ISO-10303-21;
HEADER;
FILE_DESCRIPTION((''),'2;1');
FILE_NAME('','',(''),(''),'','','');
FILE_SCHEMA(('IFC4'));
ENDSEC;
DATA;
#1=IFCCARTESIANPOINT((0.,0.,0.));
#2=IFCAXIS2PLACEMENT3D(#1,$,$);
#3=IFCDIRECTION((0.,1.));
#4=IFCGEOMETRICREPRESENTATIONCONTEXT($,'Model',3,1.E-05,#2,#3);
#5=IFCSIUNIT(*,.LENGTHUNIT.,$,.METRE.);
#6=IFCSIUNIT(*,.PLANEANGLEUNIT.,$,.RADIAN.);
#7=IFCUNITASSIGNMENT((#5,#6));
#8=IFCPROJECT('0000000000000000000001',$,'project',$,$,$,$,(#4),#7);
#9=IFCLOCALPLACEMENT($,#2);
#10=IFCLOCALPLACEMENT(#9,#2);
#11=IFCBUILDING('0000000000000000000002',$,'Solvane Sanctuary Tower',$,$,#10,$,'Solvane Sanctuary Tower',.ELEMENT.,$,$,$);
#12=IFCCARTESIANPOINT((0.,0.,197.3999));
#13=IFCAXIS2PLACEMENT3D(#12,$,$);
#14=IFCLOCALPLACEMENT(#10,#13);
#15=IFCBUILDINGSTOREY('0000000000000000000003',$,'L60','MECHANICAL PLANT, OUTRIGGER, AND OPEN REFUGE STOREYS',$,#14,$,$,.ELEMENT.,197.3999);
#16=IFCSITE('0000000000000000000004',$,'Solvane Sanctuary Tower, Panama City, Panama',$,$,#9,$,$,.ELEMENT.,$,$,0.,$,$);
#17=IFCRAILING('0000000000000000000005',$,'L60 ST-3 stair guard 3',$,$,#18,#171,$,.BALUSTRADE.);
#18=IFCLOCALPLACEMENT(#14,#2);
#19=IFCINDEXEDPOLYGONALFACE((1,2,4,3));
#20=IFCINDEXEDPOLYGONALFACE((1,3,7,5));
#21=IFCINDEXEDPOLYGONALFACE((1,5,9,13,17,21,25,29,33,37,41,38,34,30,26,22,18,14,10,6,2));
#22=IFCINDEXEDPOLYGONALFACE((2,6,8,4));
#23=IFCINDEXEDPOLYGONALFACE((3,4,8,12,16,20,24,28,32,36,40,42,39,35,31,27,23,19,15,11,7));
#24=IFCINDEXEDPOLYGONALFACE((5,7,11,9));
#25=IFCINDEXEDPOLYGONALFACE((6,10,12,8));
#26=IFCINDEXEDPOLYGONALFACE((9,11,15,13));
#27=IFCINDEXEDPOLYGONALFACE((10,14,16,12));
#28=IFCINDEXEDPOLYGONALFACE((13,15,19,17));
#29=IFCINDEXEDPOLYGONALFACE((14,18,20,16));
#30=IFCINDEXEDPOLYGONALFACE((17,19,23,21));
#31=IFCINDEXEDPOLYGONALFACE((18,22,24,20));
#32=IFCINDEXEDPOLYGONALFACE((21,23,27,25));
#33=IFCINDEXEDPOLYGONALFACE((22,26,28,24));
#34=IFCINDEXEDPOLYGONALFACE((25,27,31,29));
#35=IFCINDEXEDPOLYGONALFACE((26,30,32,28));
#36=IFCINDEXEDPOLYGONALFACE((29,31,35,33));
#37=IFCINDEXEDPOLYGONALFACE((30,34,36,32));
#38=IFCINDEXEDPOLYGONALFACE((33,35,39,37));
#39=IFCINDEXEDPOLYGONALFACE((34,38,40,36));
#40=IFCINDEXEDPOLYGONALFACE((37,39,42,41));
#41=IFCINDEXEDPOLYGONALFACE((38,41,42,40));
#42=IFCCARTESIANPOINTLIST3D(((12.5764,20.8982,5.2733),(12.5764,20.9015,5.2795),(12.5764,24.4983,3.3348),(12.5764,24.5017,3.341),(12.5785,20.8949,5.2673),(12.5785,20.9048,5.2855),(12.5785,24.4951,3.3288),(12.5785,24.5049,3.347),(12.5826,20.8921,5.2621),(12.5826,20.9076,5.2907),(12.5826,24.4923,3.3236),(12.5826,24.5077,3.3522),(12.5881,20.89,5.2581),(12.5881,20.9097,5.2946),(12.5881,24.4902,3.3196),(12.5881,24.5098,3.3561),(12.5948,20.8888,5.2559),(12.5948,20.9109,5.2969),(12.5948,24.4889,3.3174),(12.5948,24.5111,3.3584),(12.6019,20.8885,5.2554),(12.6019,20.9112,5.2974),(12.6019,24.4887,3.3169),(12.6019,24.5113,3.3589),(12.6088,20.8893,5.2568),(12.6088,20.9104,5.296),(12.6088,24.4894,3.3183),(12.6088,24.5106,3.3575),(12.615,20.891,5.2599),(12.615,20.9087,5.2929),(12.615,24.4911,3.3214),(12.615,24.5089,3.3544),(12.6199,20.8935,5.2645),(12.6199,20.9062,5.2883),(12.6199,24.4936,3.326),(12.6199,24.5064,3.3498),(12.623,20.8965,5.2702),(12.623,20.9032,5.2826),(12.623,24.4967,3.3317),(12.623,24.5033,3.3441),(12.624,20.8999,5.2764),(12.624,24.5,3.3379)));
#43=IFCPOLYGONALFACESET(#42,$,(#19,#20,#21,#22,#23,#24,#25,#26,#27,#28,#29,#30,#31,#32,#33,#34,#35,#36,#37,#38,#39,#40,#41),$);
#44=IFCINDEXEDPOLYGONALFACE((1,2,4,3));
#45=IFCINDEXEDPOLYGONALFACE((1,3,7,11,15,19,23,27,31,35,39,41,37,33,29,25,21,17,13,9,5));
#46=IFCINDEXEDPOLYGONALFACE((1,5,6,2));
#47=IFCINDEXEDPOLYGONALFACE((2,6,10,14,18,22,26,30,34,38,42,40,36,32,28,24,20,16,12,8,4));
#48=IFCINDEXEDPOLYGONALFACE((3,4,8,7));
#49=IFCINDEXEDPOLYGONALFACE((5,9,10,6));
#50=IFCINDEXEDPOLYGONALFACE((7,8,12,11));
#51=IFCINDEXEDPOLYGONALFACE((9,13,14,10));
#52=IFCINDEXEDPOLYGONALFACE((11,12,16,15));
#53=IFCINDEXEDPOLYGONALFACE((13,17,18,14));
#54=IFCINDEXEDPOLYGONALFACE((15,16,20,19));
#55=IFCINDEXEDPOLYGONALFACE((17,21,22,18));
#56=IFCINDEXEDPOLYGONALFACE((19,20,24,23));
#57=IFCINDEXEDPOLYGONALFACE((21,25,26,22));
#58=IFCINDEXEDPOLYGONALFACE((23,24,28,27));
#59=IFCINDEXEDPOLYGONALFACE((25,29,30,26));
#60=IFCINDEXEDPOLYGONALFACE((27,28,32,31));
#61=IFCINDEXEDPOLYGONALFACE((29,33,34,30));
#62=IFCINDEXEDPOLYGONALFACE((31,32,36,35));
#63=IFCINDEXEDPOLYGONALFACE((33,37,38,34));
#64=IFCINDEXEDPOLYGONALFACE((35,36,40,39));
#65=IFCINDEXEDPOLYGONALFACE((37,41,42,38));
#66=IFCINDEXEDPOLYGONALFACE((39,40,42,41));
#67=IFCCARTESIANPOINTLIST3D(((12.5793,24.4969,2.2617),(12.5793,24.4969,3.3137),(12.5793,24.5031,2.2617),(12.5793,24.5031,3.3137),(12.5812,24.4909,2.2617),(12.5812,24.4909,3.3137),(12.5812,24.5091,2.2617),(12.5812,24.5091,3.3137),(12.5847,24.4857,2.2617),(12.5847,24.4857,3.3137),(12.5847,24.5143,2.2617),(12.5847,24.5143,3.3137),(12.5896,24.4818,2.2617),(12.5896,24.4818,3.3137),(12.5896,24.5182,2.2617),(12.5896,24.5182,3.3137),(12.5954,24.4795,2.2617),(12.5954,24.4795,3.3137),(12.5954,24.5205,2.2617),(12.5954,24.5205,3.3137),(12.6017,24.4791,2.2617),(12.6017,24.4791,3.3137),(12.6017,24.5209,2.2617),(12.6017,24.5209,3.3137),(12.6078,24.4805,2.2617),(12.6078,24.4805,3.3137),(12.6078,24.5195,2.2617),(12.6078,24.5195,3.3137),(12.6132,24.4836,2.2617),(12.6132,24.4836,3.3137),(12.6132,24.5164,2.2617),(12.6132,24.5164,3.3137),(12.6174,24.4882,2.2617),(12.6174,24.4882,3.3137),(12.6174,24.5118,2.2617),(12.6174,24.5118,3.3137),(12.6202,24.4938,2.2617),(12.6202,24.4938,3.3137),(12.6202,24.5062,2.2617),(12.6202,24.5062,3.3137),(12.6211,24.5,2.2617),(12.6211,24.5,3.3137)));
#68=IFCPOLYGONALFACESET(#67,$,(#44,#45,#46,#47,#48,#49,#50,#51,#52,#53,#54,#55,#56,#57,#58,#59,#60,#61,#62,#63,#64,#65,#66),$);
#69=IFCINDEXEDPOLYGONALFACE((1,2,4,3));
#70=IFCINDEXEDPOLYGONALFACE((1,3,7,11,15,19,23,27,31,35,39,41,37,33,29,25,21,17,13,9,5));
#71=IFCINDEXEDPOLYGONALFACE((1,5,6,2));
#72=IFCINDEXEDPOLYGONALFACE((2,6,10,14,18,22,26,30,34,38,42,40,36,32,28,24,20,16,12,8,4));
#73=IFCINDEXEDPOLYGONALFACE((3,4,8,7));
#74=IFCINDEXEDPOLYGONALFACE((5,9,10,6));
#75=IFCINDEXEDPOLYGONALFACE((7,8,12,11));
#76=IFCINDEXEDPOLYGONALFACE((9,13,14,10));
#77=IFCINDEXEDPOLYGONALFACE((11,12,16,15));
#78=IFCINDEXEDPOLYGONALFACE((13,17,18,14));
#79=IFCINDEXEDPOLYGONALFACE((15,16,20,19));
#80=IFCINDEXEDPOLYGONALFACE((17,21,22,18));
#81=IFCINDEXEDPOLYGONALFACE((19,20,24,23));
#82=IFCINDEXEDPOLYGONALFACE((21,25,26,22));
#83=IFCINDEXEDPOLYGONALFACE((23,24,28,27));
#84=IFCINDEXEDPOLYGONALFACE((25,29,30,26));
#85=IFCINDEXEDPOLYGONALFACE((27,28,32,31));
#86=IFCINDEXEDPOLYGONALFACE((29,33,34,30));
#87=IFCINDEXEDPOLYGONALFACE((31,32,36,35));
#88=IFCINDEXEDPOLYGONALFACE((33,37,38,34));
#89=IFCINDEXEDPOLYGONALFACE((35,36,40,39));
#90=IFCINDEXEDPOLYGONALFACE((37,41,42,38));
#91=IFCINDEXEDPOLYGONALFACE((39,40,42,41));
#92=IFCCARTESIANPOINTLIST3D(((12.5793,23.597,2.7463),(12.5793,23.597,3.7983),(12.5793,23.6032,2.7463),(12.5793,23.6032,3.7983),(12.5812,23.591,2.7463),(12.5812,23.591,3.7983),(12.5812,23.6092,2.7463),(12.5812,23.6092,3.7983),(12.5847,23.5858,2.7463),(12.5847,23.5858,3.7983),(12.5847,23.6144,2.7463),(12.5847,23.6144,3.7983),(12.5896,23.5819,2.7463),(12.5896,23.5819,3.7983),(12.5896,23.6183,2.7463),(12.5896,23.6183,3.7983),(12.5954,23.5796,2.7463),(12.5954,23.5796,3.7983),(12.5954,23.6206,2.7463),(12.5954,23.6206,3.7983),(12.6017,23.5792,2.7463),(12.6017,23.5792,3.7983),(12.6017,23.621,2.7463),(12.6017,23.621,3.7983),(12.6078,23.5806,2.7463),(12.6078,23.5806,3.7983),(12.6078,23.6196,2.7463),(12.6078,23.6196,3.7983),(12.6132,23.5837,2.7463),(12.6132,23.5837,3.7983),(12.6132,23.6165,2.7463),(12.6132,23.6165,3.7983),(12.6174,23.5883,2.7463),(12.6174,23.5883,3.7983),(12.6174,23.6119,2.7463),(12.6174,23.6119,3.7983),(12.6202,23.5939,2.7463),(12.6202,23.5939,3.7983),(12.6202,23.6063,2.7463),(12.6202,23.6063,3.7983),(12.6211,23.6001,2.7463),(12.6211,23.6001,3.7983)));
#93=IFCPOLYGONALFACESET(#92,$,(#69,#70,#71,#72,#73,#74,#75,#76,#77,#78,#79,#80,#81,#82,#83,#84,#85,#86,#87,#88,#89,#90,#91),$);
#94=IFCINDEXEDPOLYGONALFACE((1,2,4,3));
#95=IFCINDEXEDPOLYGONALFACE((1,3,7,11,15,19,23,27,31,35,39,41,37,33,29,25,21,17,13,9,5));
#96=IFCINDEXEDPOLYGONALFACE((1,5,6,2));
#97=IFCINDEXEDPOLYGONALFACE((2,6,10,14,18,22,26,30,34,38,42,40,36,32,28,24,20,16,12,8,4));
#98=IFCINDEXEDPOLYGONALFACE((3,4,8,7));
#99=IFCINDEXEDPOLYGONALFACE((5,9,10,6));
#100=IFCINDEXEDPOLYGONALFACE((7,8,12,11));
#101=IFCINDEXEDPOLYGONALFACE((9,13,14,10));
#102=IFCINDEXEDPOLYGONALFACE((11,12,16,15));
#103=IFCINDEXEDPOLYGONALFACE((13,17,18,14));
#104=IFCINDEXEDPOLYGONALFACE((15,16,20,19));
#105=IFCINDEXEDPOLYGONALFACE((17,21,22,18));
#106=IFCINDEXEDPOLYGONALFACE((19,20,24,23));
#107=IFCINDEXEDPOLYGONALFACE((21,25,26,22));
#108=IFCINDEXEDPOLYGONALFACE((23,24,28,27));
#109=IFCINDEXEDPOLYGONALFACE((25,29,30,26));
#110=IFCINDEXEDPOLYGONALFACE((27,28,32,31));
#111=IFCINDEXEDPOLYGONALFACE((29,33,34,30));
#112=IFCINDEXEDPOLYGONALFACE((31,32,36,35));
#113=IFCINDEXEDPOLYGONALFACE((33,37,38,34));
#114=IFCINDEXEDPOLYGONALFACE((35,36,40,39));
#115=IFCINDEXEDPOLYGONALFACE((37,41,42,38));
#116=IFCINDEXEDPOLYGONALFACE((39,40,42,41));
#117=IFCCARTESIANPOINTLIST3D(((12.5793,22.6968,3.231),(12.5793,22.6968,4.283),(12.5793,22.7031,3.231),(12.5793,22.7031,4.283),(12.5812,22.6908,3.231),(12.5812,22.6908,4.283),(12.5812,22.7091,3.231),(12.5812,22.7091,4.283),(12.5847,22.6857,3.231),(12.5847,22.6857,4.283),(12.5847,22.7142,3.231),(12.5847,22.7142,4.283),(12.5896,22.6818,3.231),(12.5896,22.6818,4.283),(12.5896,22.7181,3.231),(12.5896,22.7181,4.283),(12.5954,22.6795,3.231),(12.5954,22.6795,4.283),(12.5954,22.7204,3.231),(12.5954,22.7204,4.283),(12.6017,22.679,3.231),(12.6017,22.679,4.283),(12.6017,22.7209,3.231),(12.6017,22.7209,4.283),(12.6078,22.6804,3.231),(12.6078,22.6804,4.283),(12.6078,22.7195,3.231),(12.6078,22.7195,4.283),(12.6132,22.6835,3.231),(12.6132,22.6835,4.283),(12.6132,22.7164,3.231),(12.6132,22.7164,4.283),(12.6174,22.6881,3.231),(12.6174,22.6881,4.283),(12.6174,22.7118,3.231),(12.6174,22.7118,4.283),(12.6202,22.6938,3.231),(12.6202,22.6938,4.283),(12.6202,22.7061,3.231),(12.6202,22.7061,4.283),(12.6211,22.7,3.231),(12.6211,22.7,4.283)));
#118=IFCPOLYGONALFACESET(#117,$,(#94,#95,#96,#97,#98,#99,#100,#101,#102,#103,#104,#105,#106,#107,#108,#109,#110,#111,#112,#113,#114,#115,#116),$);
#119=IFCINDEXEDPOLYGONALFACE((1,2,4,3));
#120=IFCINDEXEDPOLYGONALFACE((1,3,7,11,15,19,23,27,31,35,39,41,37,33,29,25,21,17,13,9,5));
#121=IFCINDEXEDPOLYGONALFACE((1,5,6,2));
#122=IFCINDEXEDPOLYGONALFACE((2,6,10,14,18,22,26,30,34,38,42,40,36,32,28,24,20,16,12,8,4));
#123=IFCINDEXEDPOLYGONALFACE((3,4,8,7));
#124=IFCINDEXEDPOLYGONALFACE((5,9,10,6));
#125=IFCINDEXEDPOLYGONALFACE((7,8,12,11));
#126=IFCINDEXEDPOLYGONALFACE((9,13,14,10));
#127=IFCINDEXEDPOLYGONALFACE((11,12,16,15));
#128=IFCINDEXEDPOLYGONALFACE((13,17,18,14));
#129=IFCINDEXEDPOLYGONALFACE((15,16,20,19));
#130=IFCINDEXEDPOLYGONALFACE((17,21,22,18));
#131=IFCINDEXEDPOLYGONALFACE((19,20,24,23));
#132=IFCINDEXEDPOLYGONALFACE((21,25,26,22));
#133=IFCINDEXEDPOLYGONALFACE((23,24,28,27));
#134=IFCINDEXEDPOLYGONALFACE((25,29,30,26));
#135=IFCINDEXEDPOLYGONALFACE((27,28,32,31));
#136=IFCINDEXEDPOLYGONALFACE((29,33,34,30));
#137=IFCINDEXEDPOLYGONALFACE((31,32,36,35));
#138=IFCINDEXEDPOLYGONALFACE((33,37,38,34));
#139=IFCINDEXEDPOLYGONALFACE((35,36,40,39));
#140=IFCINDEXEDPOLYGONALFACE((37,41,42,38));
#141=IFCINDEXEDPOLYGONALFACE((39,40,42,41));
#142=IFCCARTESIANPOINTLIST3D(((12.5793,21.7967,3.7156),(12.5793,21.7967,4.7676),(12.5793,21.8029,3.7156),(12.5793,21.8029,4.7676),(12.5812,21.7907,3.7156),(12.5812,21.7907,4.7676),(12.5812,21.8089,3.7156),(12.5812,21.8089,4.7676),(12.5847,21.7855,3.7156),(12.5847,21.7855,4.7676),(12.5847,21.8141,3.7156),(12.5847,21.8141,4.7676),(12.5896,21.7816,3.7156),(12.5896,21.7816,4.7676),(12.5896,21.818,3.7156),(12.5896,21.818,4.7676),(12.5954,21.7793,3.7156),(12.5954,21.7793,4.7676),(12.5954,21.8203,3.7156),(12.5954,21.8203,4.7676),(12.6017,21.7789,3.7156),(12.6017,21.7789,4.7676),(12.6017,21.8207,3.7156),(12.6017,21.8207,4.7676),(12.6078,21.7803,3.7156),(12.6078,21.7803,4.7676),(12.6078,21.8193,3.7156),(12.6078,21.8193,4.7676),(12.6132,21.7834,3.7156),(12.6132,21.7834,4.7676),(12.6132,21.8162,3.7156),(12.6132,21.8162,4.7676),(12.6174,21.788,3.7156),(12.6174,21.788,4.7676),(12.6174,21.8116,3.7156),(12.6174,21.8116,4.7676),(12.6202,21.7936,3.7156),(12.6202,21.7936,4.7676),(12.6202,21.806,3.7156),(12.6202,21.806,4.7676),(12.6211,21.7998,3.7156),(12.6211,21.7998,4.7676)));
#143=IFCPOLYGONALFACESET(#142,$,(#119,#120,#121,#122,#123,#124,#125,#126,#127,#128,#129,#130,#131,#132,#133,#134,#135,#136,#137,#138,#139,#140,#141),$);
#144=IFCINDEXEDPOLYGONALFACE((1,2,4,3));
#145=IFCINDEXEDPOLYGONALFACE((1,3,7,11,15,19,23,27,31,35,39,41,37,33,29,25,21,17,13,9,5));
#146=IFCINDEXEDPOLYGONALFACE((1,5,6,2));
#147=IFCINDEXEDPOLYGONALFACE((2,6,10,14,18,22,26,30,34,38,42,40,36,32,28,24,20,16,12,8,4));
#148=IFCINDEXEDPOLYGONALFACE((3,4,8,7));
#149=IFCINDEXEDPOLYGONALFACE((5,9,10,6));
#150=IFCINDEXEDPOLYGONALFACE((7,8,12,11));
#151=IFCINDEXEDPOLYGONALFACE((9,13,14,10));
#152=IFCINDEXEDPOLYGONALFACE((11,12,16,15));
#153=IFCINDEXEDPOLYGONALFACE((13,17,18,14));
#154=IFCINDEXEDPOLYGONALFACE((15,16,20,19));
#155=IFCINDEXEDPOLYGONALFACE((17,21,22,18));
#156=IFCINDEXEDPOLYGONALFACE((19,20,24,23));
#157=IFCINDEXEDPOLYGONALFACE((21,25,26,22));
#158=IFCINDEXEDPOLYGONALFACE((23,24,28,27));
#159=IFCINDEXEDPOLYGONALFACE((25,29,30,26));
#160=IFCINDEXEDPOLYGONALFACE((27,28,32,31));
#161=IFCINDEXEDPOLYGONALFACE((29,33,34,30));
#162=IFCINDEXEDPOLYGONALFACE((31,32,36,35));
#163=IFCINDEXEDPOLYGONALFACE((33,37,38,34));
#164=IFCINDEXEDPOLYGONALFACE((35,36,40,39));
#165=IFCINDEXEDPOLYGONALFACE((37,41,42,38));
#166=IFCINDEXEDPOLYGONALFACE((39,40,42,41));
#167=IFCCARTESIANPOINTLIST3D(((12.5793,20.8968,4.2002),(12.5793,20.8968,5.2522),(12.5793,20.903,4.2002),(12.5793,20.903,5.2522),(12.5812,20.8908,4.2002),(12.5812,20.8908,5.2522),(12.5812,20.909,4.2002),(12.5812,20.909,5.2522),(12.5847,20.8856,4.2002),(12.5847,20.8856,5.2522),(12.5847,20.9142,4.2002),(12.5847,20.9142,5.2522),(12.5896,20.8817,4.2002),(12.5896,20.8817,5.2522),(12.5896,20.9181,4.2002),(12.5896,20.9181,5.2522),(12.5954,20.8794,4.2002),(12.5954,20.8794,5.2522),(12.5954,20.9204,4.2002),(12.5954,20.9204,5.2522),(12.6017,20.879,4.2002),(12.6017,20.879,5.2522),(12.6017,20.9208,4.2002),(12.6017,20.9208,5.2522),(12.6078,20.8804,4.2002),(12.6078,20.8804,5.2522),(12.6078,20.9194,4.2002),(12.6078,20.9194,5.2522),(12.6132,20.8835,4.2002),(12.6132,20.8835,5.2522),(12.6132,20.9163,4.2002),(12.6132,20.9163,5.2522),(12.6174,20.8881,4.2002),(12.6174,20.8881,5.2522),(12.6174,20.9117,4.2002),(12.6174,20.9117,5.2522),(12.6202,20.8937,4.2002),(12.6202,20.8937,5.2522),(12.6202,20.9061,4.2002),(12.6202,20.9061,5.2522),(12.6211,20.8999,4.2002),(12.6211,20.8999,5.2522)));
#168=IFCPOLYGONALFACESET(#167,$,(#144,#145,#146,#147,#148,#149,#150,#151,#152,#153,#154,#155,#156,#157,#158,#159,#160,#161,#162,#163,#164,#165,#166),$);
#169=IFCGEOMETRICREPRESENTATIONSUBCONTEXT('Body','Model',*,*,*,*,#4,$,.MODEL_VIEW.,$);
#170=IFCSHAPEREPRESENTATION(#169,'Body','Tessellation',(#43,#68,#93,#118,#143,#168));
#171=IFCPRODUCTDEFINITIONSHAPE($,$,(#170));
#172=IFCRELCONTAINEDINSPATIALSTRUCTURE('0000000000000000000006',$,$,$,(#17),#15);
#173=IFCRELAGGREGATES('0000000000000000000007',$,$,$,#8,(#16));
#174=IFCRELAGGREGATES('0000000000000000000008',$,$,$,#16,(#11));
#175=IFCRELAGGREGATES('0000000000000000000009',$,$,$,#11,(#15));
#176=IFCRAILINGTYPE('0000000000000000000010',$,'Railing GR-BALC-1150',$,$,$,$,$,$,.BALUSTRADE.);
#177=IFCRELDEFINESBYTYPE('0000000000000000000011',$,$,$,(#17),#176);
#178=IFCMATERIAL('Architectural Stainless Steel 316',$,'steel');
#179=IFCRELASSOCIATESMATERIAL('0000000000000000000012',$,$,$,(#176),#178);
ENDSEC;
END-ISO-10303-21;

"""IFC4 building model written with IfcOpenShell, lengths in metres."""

from ifc_helpers import new_model, si_unit, direction, frame, origin, origin_2d, place, context, subcontext, project, spatial, circle, extrude, material, type_object, element, save


model = new_model("IFC4")

# Units and contexts
model_context = context("Model", 3, precision=1e-05, world=origin(), true_north=direction((0.0, 1.0)))
body_context = subcontext(model_context, "Body", "Model", "MODEL_VIEW")
ifc_project = project(units=[si_unit("LENGTHUNIT", "METRE"), si_unit("PLANEANGLEUNIT", "RADIAN")], contexts=[model_context])

# Site, building, storey
site_placement = place(None, origin())
site = spatial("IfcSite", under=ifc_project, at=site_placement, Name="Solvane Sanctuary Tower, Panama City, Panama", CompositionType="ELEMENT", RefElevation=0.0)
building_placement = place(site_placement, origin())
building = spatial("IfcBuilding", under=site, at=building_placement, Name="Solvane Sanctuary Tower", LongName="Solvane Sanctuary Tower", CompositionType="ELEMENT")
storey_placement = place(building_placement, frame((0.0, 0.0, 197.3999)))
storey = spatial("IfcBuildingStorey", under=building, at=storey_placement, Name="L60", Description="MECHANICAL PLANT, OUTRIGGER, AND OPEN REFUGE STOREYS", CompositionType="ELEMENT", Elevation=197.3999)

# Shared definitions
ifc_material_1 = material(Name="Architectural Stainless Steel 316", Category="steel")

# Railing
railing_type_1 = type_object("IfcRailingType", Name="Railing GR-BALC-1150", PredefinedType="BALUSTRADE", material=ifc_material_1)
railing_1_placement = place(storey_placement, frame((12.6001, 24.5, 2.2617)))
element("IfcRailing", 1, at=railing_1_placement, inside=storey, type_object=railing_type_1, Name="L60 ST-3 stair guard 3", PredefinedType="BALUSTRADE", context=body_context, shape_type="SweptSolid", body=[
    extrude(circle(Radius=0.0239, at=origin_2d()), frame((0.0, 0.0, 1.0762), z_axis=(0.0, -0.880475, 0.474093), x_axis=(1.0, 0.0, 0.0)), (0.0, 0.0, 1.0), 4.0889),
    extrude(circle(Radius=0.021, at=origin_2d()), origin(), (0.0, 0.0, 1.0), 1.052),
    extrude(circle(Radius=0.021, at=origin_2d()), frame((0.0, -0.8999, 0.4846)), (0.0, 0.0, 1.0), 1.052),
    extrude(circle(Radius=0.021, at=origin_2d()), frame((0.0, -1.8, 0.9692)), (0.0, 0.0, 1.0), 1.052),
    extrude(circle(Radius=0.021, at=origin_2d()), frame((0.0, -2.7002, 1.4539)), (0.0, 0.0, 1.0), 1.052),
    extrude(circle(Radius=0.021, at=origin_2d()), frame((0.0, -3.6001, 1.9385)), (0.0, 0.0, 1.0), 1.052),
])

save(model, "model.ifc")
